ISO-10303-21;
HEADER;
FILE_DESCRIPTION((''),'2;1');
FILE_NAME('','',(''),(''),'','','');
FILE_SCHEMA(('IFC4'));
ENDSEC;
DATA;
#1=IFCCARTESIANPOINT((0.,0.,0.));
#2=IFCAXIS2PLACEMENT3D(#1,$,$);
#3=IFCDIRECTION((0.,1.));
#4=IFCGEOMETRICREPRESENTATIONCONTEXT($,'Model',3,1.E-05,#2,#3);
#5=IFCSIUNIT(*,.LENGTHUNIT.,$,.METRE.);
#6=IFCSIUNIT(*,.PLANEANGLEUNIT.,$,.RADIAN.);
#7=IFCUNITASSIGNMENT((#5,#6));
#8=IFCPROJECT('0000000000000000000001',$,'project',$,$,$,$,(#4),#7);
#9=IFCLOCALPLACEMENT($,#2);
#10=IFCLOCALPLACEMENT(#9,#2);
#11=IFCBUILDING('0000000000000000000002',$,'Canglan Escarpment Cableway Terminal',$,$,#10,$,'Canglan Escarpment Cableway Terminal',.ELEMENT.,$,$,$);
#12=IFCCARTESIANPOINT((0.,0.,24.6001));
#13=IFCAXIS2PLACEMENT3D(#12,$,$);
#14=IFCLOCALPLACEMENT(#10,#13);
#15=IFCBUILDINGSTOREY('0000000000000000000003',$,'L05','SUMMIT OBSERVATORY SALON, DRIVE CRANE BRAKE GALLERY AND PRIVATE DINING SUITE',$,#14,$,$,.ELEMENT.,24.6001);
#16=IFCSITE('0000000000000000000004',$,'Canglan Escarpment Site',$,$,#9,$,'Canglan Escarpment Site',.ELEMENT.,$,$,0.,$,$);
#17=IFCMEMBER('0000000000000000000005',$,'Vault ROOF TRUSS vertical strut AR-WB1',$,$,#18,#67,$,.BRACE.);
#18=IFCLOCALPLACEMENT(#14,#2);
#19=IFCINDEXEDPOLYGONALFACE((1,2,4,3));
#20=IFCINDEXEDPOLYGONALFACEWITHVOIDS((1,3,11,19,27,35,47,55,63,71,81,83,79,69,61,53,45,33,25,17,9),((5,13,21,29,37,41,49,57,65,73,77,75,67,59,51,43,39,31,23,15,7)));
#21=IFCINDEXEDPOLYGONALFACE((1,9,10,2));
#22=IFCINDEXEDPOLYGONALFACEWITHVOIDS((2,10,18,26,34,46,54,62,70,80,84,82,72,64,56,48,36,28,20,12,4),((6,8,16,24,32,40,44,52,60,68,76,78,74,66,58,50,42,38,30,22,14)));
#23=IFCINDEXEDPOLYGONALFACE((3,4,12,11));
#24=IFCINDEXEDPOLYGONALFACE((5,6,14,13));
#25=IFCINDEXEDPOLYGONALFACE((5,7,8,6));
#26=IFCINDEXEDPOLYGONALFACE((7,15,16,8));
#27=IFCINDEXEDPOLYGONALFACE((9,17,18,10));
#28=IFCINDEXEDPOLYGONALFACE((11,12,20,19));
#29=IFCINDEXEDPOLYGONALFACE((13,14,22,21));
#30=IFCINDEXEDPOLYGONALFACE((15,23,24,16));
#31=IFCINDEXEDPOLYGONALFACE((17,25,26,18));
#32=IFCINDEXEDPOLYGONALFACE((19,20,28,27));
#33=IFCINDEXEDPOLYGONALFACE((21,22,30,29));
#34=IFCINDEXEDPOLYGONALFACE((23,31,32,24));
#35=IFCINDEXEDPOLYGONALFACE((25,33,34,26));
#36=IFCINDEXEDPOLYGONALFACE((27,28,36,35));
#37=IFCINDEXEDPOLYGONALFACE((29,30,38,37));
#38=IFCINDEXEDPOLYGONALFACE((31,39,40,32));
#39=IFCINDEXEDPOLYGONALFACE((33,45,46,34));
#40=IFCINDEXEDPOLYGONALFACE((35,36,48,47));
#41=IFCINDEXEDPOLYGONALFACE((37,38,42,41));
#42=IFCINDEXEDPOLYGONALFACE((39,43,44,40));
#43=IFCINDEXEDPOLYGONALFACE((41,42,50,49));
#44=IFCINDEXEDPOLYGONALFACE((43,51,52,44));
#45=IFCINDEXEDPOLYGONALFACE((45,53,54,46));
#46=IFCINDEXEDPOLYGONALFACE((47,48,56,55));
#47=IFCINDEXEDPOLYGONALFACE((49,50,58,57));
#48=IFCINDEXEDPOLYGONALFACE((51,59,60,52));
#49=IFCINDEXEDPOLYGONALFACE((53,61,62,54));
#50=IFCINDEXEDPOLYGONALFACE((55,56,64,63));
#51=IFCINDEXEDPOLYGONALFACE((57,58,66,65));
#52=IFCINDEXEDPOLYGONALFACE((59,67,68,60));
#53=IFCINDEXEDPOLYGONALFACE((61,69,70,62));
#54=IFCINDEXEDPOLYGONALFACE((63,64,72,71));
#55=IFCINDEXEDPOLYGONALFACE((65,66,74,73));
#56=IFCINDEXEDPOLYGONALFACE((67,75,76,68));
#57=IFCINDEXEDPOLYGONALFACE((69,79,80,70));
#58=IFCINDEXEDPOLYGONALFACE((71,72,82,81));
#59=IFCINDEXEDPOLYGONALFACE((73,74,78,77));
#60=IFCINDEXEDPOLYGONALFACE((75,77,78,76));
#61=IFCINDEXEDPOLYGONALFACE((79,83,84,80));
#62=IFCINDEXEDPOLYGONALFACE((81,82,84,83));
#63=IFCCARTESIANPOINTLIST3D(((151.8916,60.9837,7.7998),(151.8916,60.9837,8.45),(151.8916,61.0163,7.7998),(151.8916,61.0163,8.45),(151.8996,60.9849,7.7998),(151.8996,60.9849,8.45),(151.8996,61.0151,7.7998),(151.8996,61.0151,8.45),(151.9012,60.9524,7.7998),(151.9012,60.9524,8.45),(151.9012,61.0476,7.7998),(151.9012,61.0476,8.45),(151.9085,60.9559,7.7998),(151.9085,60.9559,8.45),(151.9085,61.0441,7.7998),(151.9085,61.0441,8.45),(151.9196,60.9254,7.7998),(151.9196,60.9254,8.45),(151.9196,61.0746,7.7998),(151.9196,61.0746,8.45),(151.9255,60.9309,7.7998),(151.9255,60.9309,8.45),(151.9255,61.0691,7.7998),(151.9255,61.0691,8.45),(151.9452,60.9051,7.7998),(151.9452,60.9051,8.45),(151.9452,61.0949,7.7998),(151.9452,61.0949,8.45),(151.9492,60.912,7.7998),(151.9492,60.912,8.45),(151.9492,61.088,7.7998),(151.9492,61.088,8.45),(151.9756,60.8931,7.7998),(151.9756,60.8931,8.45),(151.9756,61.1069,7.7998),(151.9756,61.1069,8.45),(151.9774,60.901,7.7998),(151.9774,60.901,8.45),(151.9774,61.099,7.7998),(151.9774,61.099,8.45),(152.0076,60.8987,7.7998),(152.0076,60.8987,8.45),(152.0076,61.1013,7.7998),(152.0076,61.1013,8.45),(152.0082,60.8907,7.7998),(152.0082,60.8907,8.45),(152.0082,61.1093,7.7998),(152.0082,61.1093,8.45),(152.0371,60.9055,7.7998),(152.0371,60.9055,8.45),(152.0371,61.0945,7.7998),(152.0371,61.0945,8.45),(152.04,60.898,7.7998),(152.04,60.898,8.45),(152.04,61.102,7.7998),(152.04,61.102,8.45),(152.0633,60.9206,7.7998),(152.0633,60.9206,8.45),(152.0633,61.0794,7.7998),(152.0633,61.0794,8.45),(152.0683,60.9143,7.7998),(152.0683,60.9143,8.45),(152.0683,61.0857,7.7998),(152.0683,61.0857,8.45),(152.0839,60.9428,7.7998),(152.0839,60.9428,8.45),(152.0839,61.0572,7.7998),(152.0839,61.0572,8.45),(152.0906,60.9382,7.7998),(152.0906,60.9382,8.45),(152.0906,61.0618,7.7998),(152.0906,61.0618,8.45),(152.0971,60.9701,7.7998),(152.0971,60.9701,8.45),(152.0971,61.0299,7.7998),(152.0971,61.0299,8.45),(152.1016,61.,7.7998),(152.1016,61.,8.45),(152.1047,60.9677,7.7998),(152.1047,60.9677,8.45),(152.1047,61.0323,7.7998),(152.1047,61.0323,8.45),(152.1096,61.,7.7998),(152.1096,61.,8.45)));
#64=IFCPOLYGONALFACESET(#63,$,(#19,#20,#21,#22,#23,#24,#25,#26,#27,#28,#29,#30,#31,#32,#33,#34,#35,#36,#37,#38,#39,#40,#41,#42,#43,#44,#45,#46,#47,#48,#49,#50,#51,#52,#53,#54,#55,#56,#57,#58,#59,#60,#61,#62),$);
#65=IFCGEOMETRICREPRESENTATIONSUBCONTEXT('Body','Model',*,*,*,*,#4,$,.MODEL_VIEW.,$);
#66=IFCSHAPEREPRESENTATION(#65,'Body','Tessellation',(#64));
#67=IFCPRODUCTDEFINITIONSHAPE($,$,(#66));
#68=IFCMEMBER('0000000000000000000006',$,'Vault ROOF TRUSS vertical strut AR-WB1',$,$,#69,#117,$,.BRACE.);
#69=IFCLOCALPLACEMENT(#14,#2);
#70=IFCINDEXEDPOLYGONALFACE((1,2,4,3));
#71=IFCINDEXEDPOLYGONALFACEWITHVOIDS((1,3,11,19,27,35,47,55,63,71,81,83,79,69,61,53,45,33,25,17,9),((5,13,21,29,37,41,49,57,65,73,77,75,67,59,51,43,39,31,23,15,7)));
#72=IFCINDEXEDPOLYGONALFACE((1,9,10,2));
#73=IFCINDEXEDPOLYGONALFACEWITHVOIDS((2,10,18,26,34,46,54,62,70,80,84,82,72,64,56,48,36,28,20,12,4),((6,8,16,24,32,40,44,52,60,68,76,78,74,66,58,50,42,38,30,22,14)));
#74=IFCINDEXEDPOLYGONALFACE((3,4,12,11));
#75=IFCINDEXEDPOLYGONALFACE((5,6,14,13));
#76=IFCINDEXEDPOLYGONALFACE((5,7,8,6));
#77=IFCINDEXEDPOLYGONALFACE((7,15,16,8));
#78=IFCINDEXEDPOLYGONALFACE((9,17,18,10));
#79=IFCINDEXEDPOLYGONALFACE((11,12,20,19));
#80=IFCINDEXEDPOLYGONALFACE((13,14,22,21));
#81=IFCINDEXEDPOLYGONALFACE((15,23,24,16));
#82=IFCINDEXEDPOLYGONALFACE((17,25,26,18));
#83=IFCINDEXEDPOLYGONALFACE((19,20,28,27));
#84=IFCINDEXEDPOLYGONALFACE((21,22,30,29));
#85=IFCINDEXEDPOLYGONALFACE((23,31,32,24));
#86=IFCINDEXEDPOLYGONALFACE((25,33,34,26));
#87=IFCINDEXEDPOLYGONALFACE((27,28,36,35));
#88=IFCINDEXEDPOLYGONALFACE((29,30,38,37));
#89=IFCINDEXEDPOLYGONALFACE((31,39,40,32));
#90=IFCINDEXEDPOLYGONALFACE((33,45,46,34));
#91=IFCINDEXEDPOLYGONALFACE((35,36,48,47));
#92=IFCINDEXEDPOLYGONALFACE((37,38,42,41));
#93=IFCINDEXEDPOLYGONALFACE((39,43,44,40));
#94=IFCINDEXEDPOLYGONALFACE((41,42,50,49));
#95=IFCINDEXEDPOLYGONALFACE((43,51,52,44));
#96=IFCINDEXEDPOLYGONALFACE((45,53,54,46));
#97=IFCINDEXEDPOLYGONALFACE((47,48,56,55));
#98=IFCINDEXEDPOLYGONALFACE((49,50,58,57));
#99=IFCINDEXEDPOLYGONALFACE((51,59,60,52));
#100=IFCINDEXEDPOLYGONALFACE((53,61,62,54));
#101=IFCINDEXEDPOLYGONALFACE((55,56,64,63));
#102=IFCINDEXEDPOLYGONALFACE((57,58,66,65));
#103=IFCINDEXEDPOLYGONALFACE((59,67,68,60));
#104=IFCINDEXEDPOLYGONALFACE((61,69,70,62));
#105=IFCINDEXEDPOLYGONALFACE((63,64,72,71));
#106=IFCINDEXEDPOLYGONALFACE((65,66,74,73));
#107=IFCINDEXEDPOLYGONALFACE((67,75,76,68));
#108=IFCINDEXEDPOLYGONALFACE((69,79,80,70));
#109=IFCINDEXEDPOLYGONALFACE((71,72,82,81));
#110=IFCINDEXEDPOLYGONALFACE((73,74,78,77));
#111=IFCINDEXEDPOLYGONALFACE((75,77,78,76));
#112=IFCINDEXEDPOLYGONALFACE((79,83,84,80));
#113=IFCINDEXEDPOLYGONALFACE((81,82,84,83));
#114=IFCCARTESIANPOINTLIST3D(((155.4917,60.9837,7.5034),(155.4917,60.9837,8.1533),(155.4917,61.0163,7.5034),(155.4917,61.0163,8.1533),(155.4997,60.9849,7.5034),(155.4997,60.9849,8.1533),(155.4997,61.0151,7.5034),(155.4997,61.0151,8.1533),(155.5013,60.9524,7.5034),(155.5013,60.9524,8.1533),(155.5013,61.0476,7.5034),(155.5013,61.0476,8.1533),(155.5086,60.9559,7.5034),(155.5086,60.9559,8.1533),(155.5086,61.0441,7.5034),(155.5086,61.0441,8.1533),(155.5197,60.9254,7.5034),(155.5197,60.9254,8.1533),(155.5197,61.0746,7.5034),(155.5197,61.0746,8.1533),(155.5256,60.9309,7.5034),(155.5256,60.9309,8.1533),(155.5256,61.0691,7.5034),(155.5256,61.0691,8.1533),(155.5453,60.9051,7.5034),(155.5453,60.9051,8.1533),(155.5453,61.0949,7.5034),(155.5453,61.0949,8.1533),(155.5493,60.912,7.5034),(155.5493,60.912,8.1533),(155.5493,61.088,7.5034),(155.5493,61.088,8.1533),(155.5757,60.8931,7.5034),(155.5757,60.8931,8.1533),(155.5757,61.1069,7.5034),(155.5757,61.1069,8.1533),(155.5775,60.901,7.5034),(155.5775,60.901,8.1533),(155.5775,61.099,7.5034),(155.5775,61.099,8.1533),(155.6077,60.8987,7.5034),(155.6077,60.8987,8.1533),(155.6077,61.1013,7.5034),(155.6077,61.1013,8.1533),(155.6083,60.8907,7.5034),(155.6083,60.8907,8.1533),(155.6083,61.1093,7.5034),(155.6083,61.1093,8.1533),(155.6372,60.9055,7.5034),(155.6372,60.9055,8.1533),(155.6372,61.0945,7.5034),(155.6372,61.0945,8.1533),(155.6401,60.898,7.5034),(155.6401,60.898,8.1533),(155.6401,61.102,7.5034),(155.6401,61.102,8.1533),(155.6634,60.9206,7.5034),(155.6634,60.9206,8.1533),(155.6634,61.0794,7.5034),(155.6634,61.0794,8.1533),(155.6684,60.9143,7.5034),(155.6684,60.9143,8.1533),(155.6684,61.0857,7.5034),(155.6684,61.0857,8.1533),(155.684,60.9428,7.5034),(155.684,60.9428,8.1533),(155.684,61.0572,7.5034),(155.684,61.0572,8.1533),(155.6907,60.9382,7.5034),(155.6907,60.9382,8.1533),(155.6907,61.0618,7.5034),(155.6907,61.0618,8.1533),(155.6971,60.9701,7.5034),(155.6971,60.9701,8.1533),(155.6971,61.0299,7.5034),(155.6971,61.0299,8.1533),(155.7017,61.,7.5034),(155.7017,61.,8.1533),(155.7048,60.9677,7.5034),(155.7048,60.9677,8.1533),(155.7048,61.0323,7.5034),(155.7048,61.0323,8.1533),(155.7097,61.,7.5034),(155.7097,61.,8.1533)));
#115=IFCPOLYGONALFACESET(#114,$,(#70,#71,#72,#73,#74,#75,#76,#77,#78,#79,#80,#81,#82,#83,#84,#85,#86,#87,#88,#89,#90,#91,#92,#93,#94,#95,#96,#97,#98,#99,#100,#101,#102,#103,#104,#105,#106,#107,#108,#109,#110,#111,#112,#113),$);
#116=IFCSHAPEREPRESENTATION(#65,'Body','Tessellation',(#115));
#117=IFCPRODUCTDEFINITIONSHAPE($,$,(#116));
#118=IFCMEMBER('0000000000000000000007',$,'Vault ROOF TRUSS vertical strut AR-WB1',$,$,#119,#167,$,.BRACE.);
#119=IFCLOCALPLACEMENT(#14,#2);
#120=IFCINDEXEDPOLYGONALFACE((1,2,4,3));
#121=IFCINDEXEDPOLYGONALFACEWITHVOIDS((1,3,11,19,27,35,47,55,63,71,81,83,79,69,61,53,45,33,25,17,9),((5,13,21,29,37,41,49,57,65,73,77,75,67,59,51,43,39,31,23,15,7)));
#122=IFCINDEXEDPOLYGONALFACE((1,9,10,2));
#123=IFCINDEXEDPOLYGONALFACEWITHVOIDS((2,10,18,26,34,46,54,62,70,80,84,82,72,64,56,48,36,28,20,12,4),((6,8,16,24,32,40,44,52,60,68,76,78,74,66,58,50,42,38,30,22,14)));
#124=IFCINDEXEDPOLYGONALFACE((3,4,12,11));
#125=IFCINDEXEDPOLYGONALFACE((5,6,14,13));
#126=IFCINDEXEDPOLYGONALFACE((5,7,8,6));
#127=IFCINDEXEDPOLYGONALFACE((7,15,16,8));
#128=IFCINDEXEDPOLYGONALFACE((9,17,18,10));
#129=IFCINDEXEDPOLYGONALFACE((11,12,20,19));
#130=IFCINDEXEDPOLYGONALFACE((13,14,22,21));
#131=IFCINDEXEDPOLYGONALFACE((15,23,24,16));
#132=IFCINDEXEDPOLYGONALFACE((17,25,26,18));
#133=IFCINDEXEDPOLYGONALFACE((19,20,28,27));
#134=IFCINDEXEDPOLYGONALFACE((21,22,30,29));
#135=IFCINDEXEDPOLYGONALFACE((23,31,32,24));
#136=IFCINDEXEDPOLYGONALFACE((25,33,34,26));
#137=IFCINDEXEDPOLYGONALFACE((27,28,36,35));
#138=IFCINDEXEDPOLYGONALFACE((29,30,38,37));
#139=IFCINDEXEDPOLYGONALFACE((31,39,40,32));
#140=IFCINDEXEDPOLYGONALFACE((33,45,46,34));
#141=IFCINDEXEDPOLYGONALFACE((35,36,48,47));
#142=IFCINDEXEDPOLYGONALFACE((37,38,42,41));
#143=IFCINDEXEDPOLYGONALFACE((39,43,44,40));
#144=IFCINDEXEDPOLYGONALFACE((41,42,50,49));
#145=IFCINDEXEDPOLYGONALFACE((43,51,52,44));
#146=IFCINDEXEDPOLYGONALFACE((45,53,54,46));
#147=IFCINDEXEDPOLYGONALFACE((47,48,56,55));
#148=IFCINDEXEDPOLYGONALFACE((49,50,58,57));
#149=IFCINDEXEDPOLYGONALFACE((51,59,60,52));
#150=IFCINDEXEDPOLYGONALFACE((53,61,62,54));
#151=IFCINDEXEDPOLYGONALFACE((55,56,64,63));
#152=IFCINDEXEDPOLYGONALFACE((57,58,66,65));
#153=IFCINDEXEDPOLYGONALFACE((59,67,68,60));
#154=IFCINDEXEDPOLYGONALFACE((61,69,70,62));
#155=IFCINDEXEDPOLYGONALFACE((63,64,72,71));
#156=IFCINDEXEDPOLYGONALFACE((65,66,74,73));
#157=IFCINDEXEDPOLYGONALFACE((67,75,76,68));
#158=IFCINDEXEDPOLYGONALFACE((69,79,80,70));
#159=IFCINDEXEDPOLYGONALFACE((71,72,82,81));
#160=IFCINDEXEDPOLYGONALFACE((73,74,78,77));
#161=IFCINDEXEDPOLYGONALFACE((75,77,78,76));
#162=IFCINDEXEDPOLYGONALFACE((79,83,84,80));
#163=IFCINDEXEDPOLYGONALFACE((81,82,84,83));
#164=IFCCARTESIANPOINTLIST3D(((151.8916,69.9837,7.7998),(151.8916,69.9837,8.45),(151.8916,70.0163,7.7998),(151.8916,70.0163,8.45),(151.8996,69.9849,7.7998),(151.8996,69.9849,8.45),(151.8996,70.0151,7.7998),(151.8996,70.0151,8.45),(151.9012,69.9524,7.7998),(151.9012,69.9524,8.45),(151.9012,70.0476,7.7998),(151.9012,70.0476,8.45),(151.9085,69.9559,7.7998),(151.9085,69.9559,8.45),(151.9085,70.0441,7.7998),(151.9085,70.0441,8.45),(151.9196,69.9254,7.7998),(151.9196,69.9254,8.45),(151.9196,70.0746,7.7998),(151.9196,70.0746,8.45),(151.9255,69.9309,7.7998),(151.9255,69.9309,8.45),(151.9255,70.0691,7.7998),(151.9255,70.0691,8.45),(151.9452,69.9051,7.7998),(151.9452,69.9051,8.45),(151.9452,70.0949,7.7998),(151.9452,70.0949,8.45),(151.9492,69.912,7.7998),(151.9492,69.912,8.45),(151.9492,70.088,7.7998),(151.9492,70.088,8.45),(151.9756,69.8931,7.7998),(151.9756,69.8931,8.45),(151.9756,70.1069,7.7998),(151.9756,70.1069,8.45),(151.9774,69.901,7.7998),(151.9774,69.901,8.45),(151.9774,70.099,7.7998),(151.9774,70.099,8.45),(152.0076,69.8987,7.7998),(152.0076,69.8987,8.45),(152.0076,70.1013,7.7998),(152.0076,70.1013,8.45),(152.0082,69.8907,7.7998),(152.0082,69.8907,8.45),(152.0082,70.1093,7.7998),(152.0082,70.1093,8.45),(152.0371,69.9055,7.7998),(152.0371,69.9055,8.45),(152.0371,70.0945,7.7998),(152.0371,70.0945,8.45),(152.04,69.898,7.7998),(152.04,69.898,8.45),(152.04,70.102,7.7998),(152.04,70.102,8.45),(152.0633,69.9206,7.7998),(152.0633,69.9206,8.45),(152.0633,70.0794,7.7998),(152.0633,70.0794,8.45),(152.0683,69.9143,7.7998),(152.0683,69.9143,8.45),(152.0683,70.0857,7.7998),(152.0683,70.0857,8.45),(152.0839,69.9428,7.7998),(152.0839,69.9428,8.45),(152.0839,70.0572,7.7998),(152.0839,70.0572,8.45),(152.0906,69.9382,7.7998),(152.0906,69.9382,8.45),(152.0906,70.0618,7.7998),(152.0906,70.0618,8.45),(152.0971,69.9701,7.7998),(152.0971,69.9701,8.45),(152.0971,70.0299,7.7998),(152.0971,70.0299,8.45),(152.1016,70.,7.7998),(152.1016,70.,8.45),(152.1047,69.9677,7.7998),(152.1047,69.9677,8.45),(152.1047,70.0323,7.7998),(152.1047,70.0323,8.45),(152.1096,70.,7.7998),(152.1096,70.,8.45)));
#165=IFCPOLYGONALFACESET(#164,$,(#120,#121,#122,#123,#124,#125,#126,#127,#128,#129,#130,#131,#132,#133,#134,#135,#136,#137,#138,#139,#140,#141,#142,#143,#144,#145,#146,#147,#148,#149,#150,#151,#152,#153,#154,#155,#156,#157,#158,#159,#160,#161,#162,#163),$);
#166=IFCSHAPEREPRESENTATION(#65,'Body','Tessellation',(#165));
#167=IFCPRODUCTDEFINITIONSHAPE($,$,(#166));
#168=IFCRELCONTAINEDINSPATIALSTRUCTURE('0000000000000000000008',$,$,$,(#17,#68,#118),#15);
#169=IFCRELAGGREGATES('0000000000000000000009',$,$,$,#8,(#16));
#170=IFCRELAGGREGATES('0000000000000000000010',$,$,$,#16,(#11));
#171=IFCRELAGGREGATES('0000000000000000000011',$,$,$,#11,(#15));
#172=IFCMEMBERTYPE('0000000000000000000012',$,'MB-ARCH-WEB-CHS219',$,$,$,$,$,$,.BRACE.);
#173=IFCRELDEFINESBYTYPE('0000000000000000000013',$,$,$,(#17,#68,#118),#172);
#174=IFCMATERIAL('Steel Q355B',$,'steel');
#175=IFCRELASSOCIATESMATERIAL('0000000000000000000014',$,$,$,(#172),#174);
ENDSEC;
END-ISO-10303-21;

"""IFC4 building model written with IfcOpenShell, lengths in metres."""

from ifc_helpers import new_model, si_unit, direction, frame, origin, origin_2d, place, context, subcontext, project, spatial, hollow_circle, extrude, material, material_profile, profile_set, type_object, element, save


model = new_model("IFC4")

# Units and contexts
model_context = context("Model", 3, precision=1e-05, world=origin(), true_north=direction((0.0, 1.0)))
body_context = subcontext(model_context, "Body", "Model", "MODEL_VIEW")
ifc_project = project(units=[si_unit("LENGTHUNIT", "METRE"), si_unit("PLANEANGLEUNIT", "RADIAN")], contexts=[model_context])

# Site, building, storey
site_placement = place(None, origin())
site = spatial("IfcSite", under=ifc_project, at=site_placement, Name="Canglan Escarpment Site", LongName="Canglan Escarpment Site", CompositionType="ELEMENT", RefElevation=0.0)
building_placement = place(site_placement, origin())
building = spatial("IfcBuilding", under=site, at=building_placement, Name="Canglan Escarpment Cableway Terminal", LongName="Canglan Escarpment Cableway Terminal", CompositionType="ELEMENT")
storey_placement = place(building_placement, frame((0.0, 0.0, 24.6001)))
storey = spatial("IfcBuildingStorey", under=building, at=storey_placement, Name="L05", Description="SUMMIT OBSERVATORY SALON, DRIVE CRANE BRAKE GALLERY AND PRIVATE DINING SUITE", CompositionType="ELEMENT", Elevation=24.6001)

# Shared definitions
ifc_material = material(Name="Steel Q355B", Category="steel")

# Members
ifc_material_profile_1 = material_profile(ifc_material, hollow_circle(Radius=0.1096, WallThickness=0.0081, at=origin_2d()), Name="CHS 219.1x8")
ifc_profile_set_1 = profile_set([ifc_material_profile_1], Name="Steel Q355B")
member_type_1 = type_object("IfcMemberType", Name="MB-ARCH-WEB-CHS219", PredefinedType="BRACE", material=ifc_profile_set_1)
member_1_placement = place(storey_placement, frame((152.0, 61.0, 7.7998), z_axis=(0.0, 0.0, 1.0), x_axis=(1.0, 0.0, 0.0)))
element("IfcMember", 1, at=member_1_placement, inside=storey, type_object=member_type_1, Name="Vault ROOF TRUSS vertical strut AR-WB1", PredefinedType="BRACE", context=body_context, shape_type="SweptSolid", body=[
    extrude(hollow_circle(Radius=0.1096, WallThickness=0.0081, at=origin_2d()), origin(), (0.0, 0.0, 1.0), 0.6501),
])
member_2_placement = place(storey_placement, frame((155.6001, 61.0, 7.5034), z_axis=(0.0, 0.0, 1.0), x_axis=(1.0, 0.0, 0.0)))
element("IfcMember", 2, at=member_2_placement, inside=storey, type_object=member_type_1, Name="Vault ROOF TRUSS vertical strut AR-WB1", PredefinedType="BRACE", context=body_context, shape_type="SweptSolid", body=[
    extrude(hollow_circle(Radius=0.1096, WallThickness=0.0081, at=origin_2d()), origin(), (0.0, 0.0, 1.0), 0.6499),
])
member_3_placement = place(storey_placement, frame((152.0, 70.0, 7.7998), z_axis=(0.0, 0.0, 1.0), x_axis=(1.0, 0.0, 0.0)))
element("IfcMember", 3, at=member_3_placement, inside=storey, type_object=member_type_1, Name="Vault ROOF TRUSS vertical strut AR-WB1", PredefinedType="BRACE", context=body_context, shape_type="SweptSolid", body=[
    extrude(hollow_circle(Radius=0.1096, WallThickness=0.0081, at=origin_2d()), origin(), (0.0, 0.0, 1.0), 0.6501),
])

save(model, "model.ifc")
